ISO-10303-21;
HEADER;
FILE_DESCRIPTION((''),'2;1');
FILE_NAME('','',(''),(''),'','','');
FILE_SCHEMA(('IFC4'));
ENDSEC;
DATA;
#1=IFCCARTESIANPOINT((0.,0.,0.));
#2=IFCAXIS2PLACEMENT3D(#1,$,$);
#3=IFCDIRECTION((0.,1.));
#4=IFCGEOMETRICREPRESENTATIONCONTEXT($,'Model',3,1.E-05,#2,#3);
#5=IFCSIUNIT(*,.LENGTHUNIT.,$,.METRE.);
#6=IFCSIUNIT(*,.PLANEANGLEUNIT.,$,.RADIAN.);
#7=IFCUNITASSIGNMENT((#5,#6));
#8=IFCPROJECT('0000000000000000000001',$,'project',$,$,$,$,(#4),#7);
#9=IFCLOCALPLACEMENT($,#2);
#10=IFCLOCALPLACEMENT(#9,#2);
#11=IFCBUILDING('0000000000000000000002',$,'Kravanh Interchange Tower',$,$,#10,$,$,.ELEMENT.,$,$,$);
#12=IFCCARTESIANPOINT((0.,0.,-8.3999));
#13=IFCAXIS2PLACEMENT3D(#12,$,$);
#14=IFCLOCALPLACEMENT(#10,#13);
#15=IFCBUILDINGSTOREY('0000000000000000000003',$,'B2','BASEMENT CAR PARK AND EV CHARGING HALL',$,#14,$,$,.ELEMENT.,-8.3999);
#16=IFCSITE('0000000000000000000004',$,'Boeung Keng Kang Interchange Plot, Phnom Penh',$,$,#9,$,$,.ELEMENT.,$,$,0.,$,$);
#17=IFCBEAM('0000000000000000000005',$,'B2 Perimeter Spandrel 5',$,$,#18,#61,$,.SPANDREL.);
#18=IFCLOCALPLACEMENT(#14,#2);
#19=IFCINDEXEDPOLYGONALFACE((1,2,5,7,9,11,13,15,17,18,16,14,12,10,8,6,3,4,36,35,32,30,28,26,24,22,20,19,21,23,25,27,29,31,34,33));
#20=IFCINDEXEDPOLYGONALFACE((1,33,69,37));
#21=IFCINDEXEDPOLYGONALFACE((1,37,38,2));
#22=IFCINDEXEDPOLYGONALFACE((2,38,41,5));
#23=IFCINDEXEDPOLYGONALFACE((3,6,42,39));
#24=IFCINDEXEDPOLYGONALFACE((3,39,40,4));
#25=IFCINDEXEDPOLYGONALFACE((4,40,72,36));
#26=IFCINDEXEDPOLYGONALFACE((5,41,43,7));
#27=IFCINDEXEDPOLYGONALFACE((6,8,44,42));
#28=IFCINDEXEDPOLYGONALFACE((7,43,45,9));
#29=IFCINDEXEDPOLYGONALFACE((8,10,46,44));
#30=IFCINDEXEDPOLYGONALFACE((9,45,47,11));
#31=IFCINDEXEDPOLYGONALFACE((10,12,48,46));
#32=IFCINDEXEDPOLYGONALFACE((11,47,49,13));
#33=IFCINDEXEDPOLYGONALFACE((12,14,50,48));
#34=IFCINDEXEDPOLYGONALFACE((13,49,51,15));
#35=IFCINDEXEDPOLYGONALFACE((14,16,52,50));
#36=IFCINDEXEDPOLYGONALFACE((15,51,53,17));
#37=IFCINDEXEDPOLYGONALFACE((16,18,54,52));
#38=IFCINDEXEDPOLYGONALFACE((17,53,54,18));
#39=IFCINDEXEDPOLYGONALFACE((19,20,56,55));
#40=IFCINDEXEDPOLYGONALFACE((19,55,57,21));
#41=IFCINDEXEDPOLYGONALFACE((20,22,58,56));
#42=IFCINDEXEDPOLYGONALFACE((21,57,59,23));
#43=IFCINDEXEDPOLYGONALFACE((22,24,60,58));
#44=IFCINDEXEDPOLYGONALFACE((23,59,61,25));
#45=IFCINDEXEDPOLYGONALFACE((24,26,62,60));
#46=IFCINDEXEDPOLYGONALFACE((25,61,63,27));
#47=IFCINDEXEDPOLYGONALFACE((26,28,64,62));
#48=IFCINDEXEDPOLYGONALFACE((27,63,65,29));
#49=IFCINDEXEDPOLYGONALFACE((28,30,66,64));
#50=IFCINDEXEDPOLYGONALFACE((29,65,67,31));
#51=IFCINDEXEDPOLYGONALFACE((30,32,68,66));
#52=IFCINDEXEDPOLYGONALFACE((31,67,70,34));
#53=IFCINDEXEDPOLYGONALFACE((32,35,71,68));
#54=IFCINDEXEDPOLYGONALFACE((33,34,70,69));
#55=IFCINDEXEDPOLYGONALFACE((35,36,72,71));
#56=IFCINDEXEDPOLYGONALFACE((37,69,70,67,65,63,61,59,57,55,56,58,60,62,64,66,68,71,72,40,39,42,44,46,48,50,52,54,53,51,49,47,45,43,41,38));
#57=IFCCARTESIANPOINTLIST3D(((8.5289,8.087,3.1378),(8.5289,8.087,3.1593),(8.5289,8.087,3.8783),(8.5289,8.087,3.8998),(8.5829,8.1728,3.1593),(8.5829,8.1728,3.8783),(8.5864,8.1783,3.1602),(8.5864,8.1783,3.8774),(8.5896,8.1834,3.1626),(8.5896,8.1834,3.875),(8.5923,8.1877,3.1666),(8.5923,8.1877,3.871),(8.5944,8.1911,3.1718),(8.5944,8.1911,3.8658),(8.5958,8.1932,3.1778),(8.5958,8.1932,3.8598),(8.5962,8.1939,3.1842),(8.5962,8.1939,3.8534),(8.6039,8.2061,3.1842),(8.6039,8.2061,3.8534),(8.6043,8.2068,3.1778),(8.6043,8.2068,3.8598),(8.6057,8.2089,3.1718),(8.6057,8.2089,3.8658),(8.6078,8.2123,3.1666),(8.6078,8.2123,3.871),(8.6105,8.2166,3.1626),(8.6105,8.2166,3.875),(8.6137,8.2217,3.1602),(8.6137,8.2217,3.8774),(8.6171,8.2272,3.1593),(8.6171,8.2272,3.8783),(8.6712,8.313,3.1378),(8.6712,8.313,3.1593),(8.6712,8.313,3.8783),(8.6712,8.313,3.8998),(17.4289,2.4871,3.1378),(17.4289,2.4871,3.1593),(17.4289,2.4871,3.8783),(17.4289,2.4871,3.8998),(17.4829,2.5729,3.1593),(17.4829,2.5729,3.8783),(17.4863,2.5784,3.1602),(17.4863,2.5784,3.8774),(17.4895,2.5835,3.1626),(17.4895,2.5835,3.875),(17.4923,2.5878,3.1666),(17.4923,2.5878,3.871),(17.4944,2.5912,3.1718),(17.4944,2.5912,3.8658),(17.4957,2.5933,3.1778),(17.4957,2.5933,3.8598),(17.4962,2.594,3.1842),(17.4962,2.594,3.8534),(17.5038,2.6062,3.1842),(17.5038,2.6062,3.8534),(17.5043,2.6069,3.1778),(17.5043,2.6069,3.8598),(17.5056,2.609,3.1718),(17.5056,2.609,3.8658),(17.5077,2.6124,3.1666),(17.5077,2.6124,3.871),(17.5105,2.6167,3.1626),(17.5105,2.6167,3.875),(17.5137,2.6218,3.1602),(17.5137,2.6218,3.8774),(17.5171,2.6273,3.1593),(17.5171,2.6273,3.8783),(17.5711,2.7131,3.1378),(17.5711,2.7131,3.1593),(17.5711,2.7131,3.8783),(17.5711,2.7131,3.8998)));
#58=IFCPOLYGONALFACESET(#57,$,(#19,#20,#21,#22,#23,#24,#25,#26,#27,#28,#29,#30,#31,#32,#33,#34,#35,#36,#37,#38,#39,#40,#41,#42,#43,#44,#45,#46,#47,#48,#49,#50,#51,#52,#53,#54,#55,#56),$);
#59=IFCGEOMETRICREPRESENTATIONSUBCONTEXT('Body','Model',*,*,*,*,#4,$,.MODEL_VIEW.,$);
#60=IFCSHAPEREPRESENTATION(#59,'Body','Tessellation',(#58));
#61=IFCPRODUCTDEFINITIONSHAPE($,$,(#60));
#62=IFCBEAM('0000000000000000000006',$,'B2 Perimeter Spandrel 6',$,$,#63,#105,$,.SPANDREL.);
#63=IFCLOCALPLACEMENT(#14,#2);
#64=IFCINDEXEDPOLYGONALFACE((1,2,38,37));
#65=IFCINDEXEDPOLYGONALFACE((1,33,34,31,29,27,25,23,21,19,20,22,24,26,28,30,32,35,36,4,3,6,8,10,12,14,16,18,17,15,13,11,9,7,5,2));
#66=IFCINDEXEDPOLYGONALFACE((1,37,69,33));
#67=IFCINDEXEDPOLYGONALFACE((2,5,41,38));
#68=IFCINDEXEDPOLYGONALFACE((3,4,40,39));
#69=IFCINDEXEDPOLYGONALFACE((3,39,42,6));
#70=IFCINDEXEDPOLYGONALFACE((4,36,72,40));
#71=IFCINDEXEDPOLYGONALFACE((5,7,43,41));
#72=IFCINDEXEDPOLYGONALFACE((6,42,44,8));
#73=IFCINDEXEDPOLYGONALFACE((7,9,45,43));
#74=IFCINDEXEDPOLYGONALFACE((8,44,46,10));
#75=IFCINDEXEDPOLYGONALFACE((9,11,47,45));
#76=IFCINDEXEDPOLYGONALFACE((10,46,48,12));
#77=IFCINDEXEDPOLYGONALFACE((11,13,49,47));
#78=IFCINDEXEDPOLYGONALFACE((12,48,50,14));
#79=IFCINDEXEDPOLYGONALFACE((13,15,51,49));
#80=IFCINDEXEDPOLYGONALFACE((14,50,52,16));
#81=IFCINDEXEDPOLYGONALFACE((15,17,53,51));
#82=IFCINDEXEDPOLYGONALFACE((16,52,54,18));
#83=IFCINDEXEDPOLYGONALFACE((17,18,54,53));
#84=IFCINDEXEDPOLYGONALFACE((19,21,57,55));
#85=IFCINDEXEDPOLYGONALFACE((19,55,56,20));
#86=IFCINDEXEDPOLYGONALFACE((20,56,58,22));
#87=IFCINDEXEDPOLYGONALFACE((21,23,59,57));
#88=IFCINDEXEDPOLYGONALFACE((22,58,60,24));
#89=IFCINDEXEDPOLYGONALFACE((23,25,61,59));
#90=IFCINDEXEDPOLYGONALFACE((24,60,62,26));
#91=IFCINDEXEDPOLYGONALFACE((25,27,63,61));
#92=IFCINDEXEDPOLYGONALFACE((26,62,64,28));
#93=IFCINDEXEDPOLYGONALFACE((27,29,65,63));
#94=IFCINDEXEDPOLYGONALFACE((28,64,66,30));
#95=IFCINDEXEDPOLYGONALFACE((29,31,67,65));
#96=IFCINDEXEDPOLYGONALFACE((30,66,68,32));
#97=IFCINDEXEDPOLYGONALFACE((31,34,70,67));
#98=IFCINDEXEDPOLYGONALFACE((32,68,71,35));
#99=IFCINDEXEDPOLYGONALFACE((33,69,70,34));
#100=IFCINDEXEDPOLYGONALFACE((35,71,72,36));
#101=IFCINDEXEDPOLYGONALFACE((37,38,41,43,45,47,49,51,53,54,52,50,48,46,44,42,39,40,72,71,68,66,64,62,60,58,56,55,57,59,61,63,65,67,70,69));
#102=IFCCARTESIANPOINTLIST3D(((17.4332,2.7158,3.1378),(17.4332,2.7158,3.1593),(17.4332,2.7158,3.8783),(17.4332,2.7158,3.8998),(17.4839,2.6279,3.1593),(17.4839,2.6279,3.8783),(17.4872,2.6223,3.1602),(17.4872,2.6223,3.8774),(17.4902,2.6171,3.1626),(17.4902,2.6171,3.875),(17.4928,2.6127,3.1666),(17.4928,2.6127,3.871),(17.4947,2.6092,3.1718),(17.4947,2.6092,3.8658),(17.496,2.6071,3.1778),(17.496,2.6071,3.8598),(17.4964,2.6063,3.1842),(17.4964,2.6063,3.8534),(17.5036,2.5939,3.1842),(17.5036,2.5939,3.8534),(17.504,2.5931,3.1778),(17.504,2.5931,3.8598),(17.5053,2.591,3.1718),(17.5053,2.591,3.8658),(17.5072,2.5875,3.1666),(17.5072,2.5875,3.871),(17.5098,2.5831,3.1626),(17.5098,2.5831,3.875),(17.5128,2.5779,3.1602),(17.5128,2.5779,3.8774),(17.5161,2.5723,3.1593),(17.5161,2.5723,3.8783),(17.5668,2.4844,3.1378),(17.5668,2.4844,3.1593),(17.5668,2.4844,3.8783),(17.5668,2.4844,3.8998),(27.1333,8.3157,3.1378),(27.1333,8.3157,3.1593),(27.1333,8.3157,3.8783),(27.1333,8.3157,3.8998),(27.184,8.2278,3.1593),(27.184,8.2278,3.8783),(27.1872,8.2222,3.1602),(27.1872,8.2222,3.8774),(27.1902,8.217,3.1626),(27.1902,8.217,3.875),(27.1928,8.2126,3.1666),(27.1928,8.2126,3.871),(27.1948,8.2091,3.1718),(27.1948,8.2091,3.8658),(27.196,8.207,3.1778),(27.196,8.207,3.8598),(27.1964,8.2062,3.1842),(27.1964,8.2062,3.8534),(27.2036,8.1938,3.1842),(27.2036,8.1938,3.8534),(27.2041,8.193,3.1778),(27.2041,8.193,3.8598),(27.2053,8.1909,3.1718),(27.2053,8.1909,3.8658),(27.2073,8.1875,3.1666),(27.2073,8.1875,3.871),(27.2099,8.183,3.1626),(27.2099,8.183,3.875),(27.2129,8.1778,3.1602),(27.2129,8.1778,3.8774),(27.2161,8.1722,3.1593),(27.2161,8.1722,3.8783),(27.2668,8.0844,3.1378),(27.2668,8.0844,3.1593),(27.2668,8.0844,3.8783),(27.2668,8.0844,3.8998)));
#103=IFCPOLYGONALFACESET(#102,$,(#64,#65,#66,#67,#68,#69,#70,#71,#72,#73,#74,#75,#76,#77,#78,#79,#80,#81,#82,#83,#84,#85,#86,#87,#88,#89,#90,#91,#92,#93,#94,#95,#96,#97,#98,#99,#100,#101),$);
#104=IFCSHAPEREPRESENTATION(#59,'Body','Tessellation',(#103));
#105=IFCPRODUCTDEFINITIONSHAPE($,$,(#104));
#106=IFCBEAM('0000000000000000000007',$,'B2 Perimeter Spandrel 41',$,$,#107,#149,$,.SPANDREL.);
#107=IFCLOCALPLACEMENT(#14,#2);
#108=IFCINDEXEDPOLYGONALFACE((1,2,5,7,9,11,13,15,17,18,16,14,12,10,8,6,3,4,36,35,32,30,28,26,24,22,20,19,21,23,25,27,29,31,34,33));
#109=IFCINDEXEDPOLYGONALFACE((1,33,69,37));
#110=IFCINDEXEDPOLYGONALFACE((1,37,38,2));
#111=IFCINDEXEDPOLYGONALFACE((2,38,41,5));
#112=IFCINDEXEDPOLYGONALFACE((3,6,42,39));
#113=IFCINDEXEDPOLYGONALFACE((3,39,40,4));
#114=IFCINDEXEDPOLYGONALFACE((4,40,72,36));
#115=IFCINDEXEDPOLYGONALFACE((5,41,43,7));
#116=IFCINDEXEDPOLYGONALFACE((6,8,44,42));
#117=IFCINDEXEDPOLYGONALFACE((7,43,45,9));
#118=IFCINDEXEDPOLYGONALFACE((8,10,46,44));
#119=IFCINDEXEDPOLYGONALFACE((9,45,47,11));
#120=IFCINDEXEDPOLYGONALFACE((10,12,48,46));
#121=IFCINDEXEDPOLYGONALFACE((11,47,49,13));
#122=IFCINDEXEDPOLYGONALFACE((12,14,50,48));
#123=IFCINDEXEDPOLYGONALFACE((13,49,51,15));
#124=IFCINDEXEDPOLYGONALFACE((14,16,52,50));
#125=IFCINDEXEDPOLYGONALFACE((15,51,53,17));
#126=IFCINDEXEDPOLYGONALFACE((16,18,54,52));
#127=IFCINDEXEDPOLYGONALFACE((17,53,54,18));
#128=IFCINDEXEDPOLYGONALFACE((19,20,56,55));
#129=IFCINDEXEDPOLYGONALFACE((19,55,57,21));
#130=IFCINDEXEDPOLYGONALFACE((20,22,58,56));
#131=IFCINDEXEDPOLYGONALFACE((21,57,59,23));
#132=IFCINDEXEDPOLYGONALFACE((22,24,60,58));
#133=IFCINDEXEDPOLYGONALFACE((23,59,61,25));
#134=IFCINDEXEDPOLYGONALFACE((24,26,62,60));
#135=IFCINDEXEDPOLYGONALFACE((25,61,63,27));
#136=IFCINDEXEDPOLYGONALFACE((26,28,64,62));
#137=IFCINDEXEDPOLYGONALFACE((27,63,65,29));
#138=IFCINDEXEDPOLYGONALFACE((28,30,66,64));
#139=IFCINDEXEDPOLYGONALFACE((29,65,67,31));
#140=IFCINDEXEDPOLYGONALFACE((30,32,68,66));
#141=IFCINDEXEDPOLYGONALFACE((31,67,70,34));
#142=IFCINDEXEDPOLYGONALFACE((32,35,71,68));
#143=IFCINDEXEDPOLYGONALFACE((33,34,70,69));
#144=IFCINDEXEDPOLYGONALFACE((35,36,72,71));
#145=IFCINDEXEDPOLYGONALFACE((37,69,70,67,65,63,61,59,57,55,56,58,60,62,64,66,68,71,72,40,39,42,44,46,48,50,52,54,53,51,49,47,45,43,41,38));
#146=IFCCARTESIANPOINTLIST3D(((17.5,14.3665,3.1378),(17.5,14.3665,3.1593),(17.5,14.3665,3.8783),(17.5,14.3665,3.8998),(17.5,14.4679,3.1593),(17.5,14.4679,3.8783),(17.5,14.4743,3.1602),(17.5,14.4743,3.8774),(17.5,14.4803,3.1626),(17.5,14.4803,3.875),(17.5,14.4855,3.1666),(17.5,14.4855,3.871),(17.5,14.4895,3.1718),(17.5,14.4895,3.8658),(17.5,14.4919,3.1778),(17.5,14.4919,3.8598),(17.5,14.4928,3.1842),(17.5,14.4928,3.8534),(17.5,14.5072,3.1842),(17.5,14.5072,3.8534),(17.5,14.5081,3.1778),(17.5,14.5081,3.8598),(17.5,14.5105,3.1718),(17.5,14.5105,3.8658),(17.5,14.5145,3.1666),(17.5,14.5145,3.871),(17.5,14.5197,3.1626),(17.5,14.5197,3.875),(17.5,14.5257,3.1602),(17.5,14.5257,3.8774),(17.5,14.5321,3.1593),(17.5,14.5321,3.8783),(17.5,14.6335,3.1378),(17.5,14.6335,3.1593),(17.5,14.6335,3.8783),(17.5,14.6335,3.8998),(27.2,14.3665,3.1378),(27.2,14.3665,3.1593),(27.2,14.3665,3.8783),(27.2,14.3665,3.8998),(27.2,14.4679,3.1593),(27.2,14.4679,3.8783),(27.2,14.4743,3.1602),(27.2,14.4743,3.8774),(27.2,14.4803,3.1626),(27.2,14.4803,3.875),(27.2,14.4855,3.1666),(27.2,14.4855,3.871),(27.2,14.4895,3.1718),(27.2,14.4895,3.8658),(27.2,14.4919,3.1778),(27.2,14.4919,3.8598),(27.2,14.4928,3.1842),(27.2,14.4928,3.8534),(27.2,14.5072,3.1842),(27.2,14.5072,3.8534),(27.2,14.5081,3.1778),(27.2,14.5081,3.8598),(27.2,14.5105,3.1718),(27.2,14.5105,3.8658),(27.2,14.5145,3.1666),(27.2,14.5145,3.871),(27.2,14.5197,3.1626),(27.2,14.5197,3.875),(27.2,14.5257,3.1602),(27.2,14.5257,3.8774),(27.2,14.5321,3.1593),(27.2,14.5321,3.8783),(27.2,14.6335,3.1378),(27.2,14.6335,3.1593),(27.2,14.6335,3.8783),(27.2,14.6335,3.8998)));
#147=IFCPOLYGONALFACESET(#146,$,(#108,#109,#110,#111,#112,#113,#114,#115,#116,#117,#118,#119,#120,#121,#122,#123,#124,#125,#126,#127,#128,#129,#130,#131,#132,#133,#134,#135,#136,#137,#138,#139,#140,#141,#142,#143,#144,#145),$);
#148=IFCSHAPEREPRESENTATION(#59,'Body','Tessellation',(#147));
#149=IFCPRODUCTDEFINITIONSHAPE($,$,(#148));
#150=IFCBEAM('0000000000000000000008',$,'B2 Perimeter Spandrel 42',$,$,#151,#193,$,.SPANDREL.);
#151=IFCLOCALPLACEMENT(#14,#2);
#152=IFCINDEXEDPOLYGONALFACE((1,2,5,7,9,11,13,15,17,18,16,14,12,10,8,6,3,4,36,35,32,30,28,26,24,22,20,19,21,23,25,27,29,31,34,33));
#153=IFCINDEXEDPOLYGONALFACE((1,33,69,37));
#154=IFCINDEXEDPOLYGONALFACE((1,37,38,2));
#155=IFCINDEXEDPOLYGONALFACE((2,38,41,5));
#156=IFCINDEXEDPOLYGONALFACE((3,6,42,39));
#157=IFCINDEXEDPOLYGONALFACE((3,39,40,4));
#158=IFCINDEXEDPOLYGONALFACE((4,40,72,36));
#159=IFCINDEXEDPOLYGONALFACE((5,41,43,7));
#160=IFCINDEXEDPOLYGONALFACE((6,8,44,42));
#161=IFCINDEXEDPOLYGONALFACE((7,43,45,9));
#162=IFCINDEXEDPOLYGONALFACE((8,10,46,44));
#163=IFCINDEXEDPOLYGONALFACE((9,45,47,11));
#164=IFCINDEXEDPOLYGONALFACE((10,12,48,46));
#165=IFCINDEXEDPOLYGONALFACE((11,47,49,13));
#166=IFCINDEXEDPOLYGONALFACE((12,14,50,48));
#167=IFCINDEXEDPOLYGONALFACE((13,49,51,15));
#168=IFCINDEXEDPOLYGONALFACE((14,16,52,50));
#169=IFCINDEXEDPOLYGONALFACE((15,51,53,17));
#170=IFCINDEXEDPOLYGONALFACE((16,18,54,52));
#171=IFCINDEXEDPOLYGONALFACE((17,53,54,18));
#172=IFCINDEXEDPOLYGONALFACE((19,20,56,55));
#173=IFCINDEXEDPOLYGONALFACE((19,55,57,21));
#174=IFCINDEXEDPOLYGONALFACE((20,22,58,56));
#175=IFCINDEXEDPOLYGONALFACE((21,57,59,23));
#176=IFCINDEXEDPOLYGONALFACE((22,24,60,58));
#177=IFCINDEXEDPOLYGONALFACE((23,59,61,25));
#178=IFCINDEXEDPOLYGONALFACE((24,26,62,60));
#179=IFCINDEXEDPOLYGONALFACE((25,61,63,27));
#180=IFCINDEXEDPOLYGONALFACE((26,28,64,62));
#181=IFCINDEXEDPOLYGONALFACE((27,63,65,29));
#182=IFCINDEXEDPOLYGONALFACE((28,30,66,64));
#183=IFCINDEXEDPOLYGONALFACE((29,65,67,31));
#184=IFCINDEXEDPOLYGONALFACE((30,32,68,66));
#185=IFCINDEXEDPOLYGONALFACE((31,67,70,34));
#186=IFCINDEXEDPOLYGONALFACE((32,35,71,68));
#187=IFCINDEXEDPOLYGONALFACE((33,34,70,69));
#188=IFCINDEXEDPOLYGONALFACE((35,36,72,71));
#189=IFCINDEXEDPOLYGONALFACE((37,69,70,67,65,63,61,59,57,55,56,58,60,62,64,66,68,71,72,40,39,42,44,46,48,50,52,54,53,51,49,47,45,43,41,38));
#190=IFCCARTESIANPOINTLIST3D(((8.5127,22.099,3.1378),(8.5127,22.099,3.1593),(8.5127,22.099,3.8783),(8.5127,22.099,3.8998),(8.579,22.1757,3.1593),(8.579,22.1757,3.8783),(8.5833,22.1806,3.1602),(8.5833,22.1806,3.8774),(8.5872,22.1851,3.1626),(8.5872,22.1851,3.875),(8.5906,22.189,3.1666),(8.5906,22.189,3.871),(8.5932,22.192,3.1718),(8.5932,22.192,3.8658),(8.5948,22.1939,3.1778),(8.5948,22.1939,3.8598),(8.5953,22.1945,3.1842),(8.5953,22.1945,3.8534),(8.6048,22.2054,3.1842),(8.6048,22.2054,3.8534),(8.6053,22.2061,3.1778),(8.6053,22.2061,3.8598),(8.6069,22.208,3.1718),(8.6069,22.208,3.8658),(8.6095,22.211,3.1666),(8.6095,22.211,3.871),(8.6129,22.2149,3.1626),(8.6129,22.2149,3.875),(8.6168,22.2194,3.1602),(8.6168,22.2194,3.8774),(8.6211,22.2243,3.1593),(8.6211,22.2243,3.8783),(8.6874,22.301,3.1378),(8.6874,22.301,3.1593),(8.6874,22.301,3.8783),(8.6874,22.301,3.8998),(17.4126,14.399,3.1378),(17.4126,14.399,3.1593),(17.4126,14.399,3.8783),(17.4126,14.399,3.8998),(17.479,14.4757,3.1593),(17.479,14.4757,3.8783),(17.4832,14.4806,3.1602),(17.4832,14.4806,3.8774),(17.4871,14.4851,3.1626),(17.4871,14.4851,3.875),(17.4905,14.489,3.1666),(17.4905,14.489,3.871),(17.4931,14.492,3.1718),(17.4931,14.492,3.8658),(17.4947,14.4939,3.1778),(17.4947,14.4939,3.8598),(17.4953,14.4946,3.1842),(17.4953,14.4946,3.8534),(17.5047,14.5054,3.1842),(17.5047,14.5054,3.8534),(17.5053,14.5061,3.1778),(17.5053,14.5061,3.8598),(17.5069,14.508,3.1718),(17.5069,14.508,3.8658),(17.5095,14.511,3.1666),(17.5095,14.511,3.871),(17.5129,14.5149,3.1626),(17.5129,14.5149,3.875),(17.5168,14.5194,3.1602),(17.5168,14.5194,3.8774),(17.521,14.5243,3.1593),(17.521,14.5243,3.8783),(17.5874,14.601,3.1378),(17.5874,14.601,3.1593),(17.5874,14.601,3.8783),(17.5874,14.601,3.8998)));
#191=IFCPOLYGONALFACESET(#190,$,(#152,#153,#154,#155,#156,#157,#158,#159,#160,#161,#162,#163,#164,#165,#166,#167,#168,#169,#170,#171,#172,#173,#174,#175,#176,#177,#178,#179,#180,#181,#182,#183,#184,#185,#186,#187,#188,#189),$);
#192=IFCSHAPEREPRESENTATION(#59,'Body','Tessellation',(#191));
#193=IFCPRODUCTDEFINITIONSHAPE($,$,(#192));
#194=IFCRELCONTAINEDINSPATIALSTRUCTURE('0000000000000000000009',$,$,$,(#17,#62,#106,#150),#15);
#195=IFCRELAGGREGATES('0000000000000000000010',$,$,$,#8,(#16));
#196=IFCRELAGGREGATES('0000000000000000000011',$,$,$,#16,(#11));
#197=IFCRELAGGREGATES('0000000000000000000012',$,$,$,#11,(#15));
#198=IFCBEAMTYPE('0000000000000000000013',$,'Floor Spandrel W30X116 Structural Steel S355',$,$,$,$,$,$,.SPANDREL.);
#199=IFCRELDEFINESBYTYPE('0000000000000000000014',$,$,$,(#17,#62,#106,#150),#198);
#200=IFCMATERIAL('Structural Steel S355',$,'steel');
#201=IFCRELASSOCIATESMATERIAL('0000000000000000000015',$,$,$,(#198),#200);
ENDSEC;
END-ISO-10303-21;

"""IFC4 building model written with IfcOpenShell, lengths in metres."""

from ifc_helpers import new_model, si_unit, direction, frame, origin, origin_2d, place, context, subcontext, project, spatial, i_section, extrude, material, material_profile, profile_set, type_object, element, save


model = new_model("IFC4")

# Units and contexts
model_context = context("Model", 3, precision=1e-05, world=origin(), true_north=direction((0.0, 1.0)))
body_context = subcontext(model_context, "Body", "Model", "MODEL_VIEW")
ifc_project = project(units=[si_unit("LENGTHUNIT", "METRE"), si_unit("PLANEANGLEUNIT", "RADIAN")], contexts=[model_context])

# Site, building, storey
site_placement = place(None, origin())
site = spatial("IfcSite", under=ifc_project, at=site_placement, Name="Boeung Keng Kang Interchange Plot, Phnom Penh", CompositionType="ELEMENT", RefElevation=0.0)
building_placement = place(site_placement, origin())
building = spatial("IfcBuilding", under=site, at=building_placement, Name="Kravanh Interchange Tower", CompositionType="ELEMENT")
storey_placement = place(building_placement, frame((0.0, 0.0, -8.3999)))
storey = spatial("IfcBuildingStorey", under=building, at=storey_placement, Name="B2", Description="BASEMENT CAR PARK AND EV CHARGING HALL", CompositionType="ELEMENT", Elevation=-8.3999)

# Beams
ifc_material_1 = material(Name="Structural Steel S355", Category="steel")
ifc_material_profile_1 = material_profile(ifc_material_1, i_section(OverallWidth=0.2671, OverallDepth=0.762, WebThickness=0.0144, FlangeThickness=0.0215, FilletRadius=0.0249, at=origin_2d()), Name="W30X116")
ifc_profile_set_1 = profile_set([ifc_material_profile_1], Name="Structural Steel S355")
beam_type_1 = type_object("IfcBeamType", Name="Floor Spandrel W30X116 Structural Steel S355", PredefinedType="SPANDREL", material=ifc_profile_set_1)
beam_1_placement = place(storey_placement, frame((17.5, 2.6001, 3.5188), z_axis=(-0.846395, 0.532555, 0.0), x_axis=(-0.532555, -0.846395, 0.0)))
element("IfcBeam", 1, at=beam_1_placement, inside=storey, type_object=beam_type_1, Name="B2 Perimeter Spandrel 5", PredefinedType="SPANDREL", context=body_context, shape_type="SweptSolid", body=[
    extrude(i_section(OverallWidth=0.2671, OverallDepth=0.762, WebThickness=0.0144, FlangeThickness=0.0215, FilletRadius=0.0249, at=origin_2d()), origin(), (0.0, 0.0, 1.0), 10.5151),
])
beam_2_placement = place(storey_placement, frame((17.5, 2.6001, 3.5188), z_axis=(0.866041, 0.499972, 0.0), x_axis=(-0.499972, 0.866041, 0.0)))
element("IfcBeam", 2, at=beam_2_placement, inside=storey, type_object=beam_type_1, Name="B2 Perimeter Spandrel 6", PredefinedType="SPANDREL", context=body_context, shape_type="SweptSolid", body=[
    extrude(i_section(OverallWidth=0.2671, OverallDepth=0.762, WebThickness=0.0144, FlangeThickness=0.0215, FilletRadius=0.0249, at=origin_2d()), origin(), (0.0, 0.0, 1.0), 11.2004),
])
beam_3_placement = place(storey_placement, frame((17.5, 14.5, 3.5188), z_axis=(1.0, 0.0, 0.0), x_axis=(0.0, 1.0, 0.0)))
element("IfcBeam", 3, at=beam_3_placement, inside=storey, type_object=beam_type_1, Name="B2 Perimeter Spandrel 41", PredefinedType="SPANDREL", context=body_context, shape_type="SweptSolid", body=[
    extrude(i_section(OverallWidth=0.2671, OverallDepth=0.762, WebThickness=0.0144, FlangeThickness=0.0215, FilletRadius=0.0249, at=origin_2d()), origin(), (0.0, 0.0, 1.0), 9.7),
])
beam_4_placement = place(storey_placement, frame((17.5, 14.5, 3.5188), z_axis=(-0.756248, 0.654285, 0.0), x_axis=(-0.654285, -0.756248, 0.0)))
element("IfcBeam", 4, at=beam_4_placement, inside=storey, type_object=beam_type_1, Name="B2 Perimeter Spandrel 42", PredefinedType="SPANDREL", context=body_context, shape_type="SweptSolid", body=[
    extrude(i_section(OverallWidth=0.2671, OverallDepth=0.762, WebThickness=0.0144, FlangeThickness=0.0215, FilletRadius=0.0249, at=origin_2d()), origin(), (0.0, 0.0, 1.0), 11.7686),
])

save(model, "model.ifc")
